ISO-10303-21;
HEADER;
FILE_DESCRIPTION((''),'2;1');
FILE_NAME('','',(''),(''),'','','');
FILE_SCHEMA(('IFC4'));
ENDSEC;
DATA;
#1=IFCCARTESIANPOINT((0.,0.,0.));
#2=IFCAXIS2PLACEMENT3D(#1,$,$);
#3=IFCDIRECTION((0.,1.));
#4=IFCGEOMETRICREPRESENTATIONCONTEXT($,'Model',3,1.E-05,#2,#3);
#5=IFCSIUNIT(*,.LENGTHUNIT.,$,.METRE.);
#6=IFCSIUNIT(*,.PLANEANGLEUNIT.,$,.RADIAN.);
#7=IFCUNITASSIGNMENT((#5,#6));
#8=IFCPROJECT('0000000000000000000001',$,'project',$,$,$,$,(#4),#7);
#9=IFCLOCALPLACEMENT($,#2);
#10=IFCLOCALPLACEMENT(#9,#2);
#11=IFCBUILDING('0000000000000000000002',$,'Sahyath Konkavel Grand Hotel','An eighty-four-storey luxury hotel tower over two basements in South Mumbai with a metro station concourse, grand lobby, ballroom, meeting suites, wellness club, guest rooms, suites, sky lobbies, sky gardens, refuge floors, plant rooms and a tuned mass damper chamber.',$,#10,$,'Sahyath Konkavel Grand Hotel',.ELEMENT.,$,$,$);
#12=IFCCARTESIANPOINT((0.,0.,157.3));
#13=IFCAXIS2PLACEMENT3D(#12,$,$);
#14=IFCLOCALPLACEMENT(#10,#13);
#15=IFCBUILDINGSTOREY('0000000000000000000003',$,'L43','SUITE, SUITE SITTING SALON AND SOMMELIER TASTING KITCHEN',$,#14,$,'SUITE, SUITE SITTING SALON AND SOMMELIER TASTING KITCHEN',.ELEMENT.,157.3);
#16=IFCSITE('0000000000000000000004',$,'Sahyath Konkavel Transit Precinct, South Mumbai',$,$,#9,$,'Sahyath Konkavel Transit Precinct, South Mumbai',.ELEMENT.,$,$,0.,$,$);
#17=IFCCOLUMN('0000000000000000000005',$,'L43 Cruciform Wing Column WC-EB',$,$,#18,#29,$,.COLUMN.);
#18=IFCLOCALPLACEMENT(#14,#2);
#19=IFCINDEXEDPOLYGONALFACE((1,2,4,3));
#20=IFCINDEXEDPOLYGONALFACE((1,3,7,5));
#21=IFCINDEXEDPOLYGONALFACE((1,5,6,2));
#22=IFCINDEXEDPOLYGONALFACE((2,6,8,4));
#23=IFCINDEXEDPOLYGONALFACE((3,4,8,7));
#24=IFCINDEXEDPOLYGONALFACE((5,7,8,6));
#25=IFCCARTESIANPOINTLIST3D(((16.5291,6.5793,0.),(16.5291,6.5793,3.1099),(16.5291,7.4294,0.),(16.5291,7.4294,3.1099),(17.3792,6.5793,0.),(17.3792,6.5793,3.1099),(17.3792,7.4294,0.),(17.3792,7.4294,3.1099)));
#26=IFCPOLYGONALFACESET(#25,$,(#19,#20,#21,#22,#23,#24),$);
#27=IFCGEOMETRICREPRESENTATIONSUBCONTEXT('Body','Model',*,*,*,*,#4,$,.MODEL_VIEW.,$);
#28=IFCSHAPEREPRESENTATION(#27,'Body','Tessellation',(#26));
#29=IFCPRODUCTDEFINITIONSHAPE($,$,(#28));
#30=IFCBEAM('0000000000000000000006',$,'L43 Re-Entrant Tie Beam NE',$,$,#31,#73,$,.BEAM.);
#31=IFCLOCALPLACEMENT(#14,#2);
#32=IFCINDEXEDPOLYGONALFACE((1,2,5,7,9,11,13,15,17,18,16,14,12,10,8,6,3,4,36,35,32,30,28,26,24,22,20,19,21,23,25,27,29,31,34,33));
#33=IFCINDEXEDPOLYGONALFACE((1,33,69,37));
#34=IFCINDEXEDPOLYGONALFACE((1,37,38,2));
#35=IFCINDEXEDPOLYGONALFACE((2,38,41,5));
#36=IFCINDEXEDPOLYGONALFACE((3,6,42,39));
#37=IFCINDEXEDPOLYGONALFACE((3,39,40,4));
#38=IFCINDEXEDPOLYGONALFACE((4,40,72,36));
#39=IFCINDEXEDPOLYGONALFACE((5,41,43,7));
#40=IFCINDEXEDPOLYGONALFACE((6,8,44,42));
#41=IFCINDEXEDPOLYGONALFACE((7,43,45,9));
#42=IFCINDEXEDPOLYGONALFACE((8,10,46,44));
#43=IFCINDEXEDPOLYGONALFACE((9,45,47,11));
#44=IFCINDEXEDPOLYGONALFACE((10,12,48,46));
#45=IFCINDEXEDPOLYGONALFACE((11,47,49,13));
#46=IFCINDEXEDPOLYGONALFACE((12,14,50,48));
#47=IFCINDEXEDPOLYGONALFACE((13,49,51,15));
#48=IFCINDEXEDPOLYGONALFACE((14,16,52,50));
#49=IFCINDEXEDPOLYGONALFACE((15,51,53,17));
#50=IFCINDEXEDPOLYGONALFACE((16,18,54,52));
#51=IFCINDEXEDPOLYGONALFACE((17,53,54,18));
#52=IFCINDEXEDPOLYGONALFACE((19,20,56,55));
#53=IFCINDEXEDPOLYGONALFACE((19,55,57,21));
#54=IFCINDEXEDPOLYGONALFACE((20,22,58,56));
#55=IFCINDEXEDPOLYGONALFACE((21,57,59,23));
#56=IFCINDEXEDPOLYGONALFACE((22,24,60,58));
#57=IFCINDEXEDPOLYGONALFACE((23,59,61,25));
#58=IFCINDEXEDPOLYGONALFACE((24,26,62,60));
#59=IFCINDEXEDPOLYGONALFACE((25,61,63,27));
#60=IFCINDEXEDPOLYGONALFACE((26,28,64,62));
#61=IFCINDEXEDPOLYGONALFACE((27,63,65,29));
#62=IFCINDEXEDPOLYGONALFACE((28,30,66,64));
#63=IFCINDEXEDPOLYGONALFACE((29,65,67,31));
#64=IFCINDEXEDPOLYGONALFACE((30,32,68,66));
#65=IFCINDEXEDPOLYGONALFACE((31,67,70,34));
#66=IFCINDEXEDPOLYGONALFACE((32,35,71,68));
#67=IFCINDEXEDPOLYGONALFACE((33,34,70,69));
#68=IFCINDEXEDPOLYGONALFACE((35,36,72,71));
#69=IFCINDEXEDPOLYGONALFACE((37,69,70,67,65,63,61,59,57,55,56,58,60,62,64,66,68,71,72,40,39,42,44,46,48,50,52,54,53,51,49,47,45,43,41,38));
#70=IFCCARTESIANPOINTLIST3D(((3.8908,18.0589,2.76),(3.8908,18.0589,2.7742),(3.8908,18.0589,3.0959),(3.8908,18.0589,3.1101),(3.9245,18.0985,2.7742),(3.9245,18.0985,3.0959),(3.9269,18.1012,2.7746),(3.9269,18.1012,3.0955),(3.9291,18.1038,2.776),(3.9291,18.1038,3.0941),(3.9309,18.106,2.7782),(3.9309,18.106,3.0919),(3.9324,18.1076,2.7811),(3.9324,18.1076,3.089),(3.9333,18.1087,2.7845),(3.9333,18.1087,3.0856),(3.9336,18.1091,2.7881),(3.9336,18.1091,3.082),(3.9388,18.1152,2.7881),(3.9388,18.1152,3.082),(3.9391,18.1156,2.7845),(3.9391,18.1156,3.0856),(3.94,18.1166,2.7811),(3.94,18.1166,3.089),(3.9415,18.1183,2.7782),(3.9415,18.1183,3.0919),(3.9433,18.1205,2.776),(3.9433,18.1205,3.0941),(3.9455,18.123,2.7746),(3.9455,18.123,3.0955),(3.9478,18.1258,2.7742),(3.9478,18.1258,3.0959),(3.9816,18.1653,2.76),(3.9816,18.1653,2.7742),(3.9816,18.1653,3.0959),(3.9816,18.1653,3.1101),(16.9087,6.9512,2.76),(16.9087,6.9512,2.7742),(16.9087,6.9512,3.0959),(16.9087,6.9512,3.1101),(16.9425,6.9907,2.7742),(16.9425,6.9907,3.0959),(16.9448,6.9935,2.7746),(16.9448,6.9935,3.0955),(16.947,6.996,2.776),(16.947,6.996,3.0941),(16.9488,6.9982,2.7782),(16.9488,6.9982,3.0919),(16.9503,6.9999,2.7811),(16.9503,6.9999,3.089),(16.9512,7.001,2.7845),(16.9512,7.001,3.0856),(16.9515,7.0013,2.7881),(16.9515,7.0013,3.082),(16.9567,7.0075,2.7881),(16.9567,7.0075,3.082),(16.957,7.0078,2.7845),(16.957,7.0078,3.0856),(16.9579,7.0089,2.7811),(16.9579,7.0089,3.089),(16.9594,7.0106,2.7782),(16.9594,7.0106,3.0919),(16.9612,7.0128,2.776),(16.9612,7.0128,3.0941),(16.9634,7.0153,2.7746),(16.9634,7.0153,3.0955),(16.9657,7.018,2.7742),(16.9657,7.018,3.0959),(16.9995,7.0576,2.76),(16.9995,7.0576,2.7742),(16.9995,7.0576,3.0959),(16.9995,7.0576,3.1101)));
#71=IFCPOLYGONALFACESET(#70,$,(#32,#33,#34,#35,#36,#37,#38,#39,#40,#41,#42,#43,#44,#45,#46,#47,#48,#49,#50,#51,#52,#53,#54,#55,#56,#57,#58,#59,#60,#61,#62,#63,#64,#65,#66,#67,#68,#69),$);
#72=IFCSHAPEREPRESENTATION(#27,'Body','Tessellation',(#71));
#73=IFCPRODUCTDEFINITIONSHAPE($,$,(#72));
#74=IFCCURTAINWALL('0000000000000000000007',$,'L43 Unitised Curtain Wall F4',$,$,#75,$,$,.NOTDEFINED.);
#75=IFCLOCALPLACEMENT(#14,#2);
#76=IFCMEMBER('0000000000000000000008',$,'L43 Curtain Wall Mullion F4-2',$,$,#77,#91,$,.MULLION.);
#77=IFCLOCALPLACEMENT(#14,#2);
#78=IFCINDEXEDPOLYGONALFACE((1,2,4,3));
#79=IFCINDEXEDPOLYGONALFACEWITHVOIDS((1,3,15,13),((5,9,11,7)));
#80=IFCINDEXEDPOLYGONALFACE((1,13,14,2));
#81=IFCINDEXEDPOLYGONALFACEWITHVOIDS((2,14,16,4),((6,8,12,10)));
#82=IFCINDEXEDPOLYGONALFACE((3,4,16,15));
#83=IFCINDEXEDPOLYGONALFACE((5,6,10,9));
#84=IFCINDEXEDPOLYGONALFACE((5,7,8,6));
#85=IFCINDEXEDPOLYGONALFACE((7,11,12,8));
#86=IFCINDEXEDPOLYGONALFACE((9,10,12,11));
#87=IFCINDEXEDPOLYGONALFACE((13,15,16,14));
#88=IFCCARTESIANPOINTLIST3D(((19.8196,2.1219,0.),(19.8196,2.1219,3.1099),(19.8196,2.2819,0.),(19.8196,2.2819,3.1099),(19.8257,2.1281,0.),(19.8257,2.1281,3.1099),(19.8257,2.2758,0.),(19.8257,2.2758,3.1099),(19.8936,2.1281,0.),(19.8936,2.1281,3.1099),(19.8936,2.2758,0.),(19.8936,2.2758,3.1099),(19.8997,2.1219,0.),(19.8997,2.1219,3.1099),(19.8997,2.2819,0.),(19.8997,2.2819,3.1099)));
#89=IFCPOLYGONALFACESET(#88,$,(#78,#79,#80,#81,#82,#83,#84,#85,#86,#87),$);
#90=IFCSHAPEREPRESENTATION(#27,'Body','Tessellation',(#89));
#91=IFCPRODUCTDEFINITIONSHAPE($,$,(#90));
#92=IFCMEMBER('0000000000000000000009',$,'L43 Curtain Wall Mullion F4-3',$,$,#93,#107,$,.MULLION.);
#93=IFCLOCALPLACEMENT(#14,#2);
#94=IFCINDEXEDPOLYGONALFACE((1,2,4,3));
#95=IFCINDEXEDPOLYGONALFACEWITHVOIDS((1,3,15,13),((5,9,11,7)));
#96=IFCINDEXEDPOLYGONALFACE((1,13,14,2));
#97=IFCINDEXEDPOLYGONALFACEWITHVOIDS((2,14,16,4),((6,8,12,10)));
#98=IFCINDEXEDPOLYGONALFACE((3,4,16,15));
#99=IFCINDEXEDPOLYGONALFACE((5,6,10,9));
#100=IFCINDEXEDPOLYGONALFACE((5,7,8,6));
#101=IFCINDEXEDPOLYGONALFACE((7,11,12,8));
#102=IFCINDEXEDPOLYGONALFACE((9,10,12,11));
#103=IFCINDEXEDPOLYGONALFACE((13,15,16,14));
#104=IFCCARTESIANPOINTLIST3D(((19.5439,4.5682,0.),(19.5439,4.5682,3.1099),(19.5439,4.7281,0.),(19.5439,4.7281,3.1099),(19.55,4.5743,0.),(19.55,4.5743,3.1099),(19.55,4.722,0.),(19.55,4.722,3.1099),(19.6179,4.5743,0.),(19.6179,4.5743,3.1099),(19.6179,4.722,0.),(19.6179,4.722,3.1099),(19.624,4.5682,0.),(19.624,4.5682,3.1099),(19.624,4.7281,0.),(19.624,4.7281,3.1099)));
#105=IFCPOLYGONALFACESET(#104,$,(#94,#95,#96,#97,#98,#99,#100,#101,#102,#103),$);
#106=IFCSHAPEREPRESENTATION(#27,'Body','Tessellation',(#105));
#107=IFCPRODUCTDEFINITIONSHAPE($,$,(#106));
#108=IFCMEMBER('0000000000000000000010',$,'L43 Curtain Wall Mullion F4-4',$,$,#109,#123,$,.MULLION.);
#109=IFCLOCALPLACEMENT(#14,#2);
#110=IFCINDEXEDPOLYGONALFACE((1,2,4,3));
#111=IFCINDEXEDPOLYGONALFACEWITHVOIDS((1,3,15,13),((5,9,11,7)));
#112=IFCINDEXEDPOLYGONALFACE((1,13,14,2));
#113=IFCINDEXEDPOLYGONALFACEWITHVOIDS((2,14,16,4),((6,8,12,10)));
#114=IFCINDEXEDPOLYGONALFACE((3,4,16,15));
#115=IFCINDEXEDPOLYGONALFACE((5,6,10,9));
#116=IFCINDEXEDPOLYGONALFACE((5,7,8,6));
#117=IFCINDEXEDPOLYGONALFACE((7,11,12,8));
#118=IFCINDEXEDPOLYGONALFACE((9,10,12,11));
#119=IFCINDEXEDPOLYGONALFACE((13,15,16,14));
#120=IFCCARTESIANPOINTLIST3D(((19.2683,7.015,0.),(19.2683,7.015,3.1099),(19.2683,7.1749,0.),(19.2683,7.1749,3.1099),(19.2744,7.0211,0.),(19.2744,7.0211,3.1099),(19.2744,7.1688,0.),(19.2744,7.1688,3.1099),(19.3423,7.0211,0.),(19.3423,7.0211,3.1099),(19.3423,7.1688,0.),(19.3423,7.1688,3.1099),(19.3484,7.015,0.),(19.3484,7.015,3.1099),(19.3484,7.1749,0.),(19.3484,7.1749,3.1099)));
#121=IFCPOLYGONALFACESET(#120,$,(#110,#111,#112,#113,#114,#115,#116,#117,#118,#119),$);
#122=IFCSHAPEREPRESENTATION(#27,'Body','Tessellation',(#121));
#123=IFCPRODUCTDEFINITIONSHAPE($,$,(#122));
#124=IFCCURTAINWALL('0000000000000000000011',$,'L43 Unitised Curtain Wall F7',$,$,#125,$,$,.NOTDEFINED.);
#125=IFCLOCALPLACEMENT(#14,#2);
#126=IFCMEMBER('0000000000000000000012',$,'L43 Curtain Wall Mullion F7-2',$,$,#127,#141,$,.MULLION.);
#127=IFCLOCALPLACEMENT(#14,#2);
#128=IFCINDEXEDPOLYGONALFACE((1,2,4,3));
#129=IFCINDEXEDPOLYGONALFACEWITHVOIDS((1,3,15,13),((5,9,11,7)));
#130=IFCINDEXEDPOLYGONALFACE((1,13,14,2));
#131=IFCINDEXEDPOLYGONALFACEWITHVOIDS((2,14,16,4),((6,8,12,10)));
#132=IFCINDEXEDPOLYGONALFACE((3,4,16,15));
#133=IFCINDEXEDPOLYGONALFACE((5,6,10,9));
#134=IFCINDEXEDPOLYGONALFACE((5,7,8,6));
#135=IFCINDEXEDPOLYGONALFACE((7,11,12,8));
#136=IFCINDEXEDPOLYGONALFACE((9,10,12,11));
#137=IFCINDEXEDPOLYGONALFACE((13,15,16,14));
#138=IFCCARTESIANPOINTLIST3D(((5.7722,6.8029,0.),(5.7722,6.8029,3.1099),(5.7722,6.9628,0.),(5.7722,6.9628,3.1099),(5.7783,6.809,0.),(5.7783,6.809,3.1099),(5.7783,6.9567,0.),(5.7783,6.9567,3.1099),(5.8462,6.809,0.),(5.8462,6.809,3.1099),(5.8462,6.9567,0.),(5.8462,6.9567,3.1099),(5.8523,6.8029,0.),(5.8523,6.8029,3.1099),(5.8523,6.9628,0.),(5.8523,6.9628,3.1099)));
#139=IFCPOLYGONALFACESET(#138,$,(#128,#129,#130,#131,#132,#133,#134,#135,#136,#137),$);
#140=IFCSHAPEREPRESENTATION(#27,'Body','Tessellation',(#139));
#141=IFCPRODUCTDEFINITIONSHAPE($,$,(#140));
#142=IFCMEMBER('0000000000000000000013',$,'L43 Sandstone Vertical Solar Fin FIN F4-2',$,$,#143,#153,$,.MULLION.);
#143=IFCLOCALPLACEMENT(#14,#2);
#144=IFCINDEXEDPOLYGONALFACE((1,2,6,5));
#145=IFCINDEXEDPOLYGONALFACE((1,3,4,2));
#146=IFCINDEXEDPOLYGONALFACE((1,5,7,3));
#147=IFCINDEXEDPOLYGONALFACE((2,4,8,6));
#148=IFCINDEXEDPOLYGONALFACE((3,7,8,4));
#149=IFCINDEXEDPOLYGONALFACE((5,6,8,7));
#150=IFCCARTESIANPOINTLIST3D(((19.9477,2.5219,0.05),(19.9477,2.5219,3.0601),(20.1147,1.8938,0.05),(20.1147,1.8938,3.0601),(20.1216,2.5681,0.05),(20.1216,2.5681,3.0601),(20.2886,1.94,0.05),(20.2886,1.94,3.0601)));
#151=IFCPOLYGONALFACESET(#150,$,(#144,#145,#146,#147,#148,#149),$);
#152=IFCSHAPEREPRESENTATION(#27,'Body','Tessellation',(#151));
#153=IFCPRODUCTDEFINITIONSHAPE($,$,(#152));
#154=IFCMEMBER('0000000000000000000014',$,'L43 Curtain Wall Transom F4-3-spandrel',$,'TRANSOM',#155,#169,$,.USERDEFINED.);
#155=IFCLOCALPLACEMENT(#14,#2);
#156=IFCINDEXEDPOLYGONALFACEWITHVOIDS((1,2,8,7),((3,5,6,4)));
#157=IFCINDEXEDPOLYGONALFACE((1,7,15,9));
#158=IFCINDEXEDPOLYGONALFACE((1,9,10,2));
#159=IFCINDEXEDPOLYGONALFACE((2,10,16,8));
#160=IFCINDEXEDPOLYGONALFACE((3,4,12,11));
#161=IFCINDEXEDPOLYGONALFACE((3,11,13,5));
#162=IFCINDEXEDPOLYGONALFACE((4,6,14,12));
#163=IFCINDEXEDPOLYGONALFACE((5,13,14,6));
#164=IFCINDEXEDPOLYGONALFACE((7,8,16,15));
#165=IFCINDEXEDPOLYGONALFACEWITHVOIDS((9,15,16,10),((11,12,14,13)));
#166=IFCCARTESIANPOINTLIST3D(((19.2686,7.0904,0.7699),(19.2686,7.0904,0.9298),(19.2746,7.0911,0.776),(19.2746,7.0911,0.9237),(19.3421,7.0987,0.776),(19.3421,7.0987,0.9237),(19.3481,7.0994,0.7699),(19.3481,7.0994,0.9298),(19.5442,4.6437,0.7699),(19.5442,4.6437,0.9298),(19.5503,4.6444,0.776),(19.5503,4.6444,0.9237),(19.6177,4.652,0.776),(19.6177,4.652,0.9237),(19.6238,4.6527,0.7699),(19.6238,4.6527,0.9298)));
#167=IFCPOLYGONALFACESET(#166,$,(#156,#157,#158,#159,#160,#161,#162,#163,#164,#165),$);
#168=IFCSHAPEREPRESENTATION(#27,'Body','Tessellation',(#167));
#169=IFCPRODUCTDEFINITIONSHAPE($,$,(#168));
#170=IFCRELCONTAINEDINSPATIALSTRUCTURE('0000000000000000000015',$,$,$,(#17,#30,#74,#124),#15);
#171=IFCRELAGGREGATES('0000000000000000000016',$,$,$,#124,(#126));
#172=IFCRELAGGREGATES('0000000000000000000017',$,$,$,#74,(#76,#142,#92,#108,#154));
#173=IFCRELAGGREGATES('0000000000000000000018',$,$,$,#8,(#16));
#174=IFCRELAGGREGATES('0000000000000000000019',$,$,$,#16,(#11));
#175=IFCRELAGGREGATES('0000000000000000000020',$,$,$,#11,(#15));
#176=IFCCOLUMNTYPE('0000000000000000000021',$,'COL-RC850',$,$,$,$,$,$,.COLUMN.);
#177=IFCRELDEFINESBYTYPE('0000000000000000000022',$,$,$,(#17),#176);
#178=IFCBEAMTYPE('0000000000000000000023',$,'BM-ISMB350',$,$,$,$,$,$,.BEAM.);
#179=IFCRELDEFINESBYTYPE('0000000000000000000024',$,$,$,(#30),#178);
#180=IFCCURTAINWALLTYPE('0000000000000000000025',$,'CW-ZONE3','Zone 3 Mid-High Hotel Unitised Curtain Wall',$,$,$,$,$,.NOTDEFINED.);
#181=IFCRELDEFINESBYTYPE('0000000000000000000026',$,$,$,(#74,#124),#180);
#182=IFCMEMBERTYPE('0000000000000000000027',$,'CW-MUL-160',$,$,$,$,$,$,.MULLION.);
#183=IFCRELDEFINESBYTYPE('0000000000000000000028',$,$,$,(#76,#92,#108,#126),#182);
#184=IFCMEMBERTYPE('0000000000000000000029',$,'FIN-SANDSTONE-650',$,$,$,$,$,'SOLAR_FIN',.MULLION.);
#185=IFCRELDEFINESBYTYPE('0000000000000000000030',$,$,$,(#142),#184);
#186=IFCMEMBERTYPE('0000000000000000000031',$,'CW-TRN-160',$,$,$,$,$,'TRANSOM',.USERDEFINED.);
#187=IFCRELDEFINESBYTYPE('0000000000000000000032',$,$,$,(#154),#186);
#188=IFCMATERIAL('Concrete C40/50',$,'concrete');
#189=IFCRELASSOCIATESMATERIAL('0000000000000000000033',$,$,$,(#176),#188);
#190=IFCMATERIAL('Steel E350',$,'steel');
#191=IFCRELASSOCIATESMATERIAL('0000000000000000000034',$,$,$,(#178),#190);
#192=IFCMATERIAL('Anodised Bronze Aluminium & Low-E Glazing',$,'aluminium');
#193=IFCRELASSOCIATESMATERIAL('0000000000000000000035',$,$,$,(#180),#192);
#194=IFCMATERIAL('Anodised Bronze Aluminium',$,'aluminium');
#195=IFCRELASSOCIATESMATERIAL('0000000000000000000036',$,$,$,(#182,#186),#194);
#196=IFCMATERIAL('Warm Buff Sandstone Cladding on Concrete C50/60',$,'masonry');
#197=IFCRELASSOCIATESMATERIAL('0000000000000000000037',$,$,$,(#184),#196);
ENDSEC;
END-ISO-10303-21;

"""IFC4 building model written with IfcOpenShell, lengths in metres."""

from ifc_helpers import new_model, si_unit, direction, frame, origin, origin_2d, place, context, subcontext, project, spatial, rectangle, hollow_rectangle, i_section, extrude, source, transform, mapped, material, material_profile, profile_set, type_object, element, aggregate, save


model = new_model("IFC4")

# Units and contexts
model_context = context("Model", 3, precision=1e-05, world=origin(), true_north=direction((0.0, 1.0)))
body_context = subcontext(model_context, "Body", "Model", "MODEL_VIEW")
ifc_project = project(units=[si_unit("LENGTHUNIT", "METRE"), si_unit("PLANEANGLEUNIT", "RADIAN")], contexts=[model_context])

# Site, building, storey
site_placement = place(None, origin())
site = spatial("IfcSite", under=ifc_project, at=site_placement, Name="Sahyath Konkavel Transit Precinct, South Mumbai", LongName="Sahyath Konkavel Transit Precinct, South Mumbai", CompositionType="ELEMENT", RefElevation=0.0)
building_placement = place(site_placement, origin())
building = spatial("IfcBuilding", under=site, at=building_placement, Name="Sahyath Konkavel Grand Hotel", Description="An eighty-four-storey luxury hotel tower over two basements in South Mumbai with a metro station concourse, grand lobby, ballroom, meeting suites, wellness club, guest rooms, suites, sky lobbies, sky gardens, refuge floors, plant rooms and a tuned mass damper chamber.", LongName="Sahyath Konkavel Grand Hotel", CompositionType="ELEMENT")
storey_placement = place(building_placement, frame((0.0, 0.0, 157.3)))
storey = spatial("IfcBuildingStorey", under=building, at=storey_placement, Name="L43", Description="SUITE, SUITE SITTING SALON AND SOMMELIER TASTING KITCHEN", LongName="SUITE, SUITE SITTING SALON AND SOMMELIER TASTING KITCHEN", CompositionType="ELEMENT", Elevation=157.3)

# Column
ifc_material_1 = material(Name="Concrete C40/50", Category="concrete")
ifc_material_profile_1 = material_profile(ifc_material_1, rectangle(XDim=0.8501, YDim=0.8501, at=origin_2d()), Name="RC 850x850")
ifc_profile_set_1 = profile_set([ifc_material_profile_1], Name="Concrete C40/50")
column_type = type_object("IfcColumnType", Name="COL-RC850", PredefinedType="COLUMN", material=ifc_profile_set_1)
shared_shape_1 = source(origin(), body_context, "Body", "SweptSolid", [
    extrude(rectangle(XDim=0.8501, YDim=0.8501, at=origin_2d()), origin(), (0.0, 0.0, 1.0), 3.1099),
])
column_placement = place(storey_placement, frame((16.9541, 7.0044, 0.0), z_axis=(0.0, 0.0, 1.0), x_axis=(1.0, 0.0, 0.0)))
element("IfcColumn", 1, at=column_placement, inside=storey, type_object=column_type, Name="L43 Cruciform Wing Column WC-EB", PredefinedType="COLUMN", context=body_context, shape_type="MappedRepresentation", body=[
    mapped(shared_shape_1, transform((0.0, 0.0, 0.0), scale=1.0)),
])

# Beam
ifc_material_2 = material(Name="Steel E350", Category="steel")
ifc_material_profile_2 = material_profile(ifc_material_2, i_section(OverallWidth=0.1399, OverallDepth=0.3501, WebThickness=0.0081, FlangeThickness=0.0142, FilletRadius=0.0139, at=origin_2d()), Name="ISMB 350")
ifc_profile_set_2 = profile_set([ifc_material_profile_2], Name="Steel E350")
beam_type_1 = type_object("IfcBeamType", Name="BM-ISMB350", PredefinedType="BEAM", material=ifc_profile_set_2)
shared_shape_2 = source(origin(), body_context, "Body", "SweptSolid", [
    extrude(i_section(OverallWidth=0.1399, OverallDepth=0.3501, WebThickness=0.0081, FlangeThickness=0.0142, FilletRadius=0.0139, at=origin_2d()), origin(), (0.0, 0.0, 1.0), 17.1128),
])
beam_1_placement = place(storey_placement, frame((16.9541, 7.0044, 2.9351), z_axis=(-0.760712, 0.64909, 0.0), x_axis=(-0.64909, -0.760712, 0.0)))
element("IfcBeam", 2, at=beam_1_placement, inside=storey, type_object=beam_type_1, Name="L43 Re-Entrant Tie Beam NE", PredefinedType="BEAM", context=body_context, shape_type="MappedRepresentation", body=[
    mapped(shared_shape_2, transform((0.0, 0.0, 0.0), scale=1.0)),
])

# Curtain wall, members
ifc_material_3 = material(Name="Anodised Bronze Aluminium & Low-E Glazing", Category="aluminium")
curtain_wall_type = type_object("IfcCurtainWallType", Name="CW-ZONE3", Description="Zone 3 Mid-High Hotel Unitised Curtain Wall", PredefinedType="NOTDEFINED", material=ifc_material_3)
curtain_wall_1_placement = place(storey_placement, origin())
curtain_wall_1 = element("IfcCurtainWall", 3, at=curtain_wall_1_placement, inside=storey, type_object=curtain_wall_type, Name="L43 Unitised Curtain Wall F4", PredefinedType="NOTDEFINED")
ifc_material_4 = material(Name="Anodised Bronze Aluminium", Category="aluminium")
ifc_material_profile_3 = material_profile(ifc_material_4, hollow_rectangle(XDim=0.0801, YDim=0.1599, WallThickness=0.0061, at=origin_2d()), Name="RHS 160x80x6")
ifc_profile_set_3 = profile_set([ifc_material_profile_3], Name="Anodised Bronze Aluminium")
member_type_1 = type_object("IfcMemberType", Name="CW-MUL-160", PredefinedType="MULLION", material=ifc_profile_set_3)
shared_shape_3 = source(origin(), body_context, "Body", "SweptSolid", [
    extrude(hollow_rectangle(XDim=0.0801, YDim=0.1599, WallThickness=0.0061, at=origin_2d()), origin(), (0.0, 0.0, 1.0), 3.1099),
])
member_1_placement = place(storey_placement, frame((19.8596, 2.2019, 0.0), z_axis=(0.0, 0.0, 1.0), x_axis=(1.0, 0.0, 0.0)))
member_1 = element("IfcMember", 4, at=member_1_placement, type_object=member_type_1, Name="L43 Curtain Wall Mullion F4-2", PredefinedType="MULLION", context=body_context, shape_type="MappedRepresentation", body=[
    mapped(shared_shape_3, transform((0.0, 0.0, 0.0), scale=1.0)),
])
member_2_placement = place(storey_placement, frame((19.584, 4.6482, 0.0), z_axis=(0.0, 0.0, 1.0), x_axis=(1.0, 0.0, 0.0)))
member_2 = element("IfcMember", 5, at=member_2_placement, type_object=member_type_1, Name="L43 Curtain Wall Mullion F4-3", PredefinedType="MULLION", context=body_context, shape_type="MappedRepresentation", body=[
    mapped(shared_shape_3, transform((0.0, 0.0, 0.0), scale=1.0)),
])
member_3_placement = place(storey_placement, frame((19.3083, 7.095, 0.0), z_axis=(0.0, 0.0, 1.0), x_axis=(1.0, 0.0, 0.0)))
member_3 = element("IfcMember", 6, at=member_3_placement, type_object=member_type_1, Name="L43 Curtain Wall Mullion F4-4", PredefinedType="MULLION", context=body_context, shape_type="MappedRepresentation", body=[
    mapped(shared_shape_3, transform((0.0, 0.0, 0.0), scale=1.0)),
])

# Curtain wall, member
curtain_wall_2_placement = place(storey_placement, origin())
curtain_wall_2 = element("IfcCurtainWall", 7, at=curtain_wall_2_placement, inside=storey, type_object=curtain_wall_type, Name="L43 Unitised Curtain Wall F7", PredefinedType="NOTDEFINED")
member_4_placement = place(storey_placement, frame((5.8123, 6.8828, 0.0), z_axis=(0.0, 0.0, 1.0), x_axis=(1.0, 0.0, 0.0)))
member_4 = element("IfcMember", 8, at=member_4_placement, type_object=member_type_1, Name="L43 Curtain Wall Mullion F7-2", PredefinedType="MULLION", context=body_context, shape_type="MappedRepresentation", body=[
    mapped(shared_shape_3, transform((0.0, 0.0, 0.0), scale=1.0)),
])
aggregate(curtain_wall_2, [member_4])

# Members
ifc_material_5 = material(Name="Warm Buff Sandstone Cladding on Concrete C50/60", Category="masonry")
ifc_material_profile_4 = material_profile(ifc_material_5, rectangle(XDim=0.1799, YDim=0.6499, at=origin_2d()), Name="FIN 180x650")
ifc_profile_set_4 = profile_set([ifc_material_profile_4], Name="Warm Buff Sandstone Cladding on Concrete C50/60")
member_type_2 = type_object("IfcMemberType", Name="FIN-SANDSTONE-650", ElementType="SOLAR_FIN", PredefinedType="MULLION", material=ifc_profile_set_4)
shared_shape_4 = source(origin(), body_context, "Body", "SweptSolid", [
    extrude(rectangle(XDim=0.1799, YDim=0.6499, at=origin_2d()), origin(), (0.0, 0.0, 1.0), 3.01),
])
member_5_placement = place(storey_placement, frame((20.1182, 2.231, 0.05), z_axis=(0.0, 0.0, 1.0), x_axis=(0.966421, 0.256964, 0.0)))
member_5 = element("IfcMember", 9, at=member_5_placement, type_object=member_type_2, Name="L43 Sandstone Vertical Solar Fin FIN F4-2", PredefinedType="MULLION", context=body_context, shape_type="MappedRepresentation", body=[
    mapped(shared_shape_4, transform((0.0, 0.0, 0.0), scale=1.0)),
])
ifc_material_profile_5 = material_profile(ifc_material_4, hollow_rectangle(XDim=0.0801, YDim=0.1599, WallThickness=0.0061, at=origin_2d()), Name="RHS 160x80x6")
ifc_profile_set_5 = profile_set([ifc_material_profile_5], Name="Anodised Bronze Aluminium")
member_type_3 = type_object("IfcMemberType", Name="CW-TRN-160", ElementType="TRANSOM", PredefinedType="USERDEFINED", material=ifc_profile_set_5)
shared_shape_5 = source(origin(), body_context, "Body", "SweptSolid", [
    extrude(hollow_rectangle(XDim=0.0801, YDim=0.1599, WallThickness=0.0061, at=origin_2d()), origin(), (0.0, 0.0, 1.0), 2.4622),
])
member_6_placement = place(storey_placement, frame((19.584, 4.6482, 0.8499), z_axis=(-0.111944, 0.993715, 0.0), x_axis=(-0.993715, -0.111944, 0.0)))
member_6 = element("IfcMember", 10, at=member_6_placement, type_object=member_type_3, Name="L43 Curtain Wall Transom F4-3-spandrel", ObjectType="TRANSOM", PredefinedType="USERDEFINED", context=body_context, shape_type="MappedRepresentation", body=[
    mapped(shared_shape_5, transform((0.0, 0.0, 0.0), scale=1.0)),
])

aggregate(curtain_wall_1, [member_1, member_5, member_2, member_3, member_6])

save(model, "model.ifc")
